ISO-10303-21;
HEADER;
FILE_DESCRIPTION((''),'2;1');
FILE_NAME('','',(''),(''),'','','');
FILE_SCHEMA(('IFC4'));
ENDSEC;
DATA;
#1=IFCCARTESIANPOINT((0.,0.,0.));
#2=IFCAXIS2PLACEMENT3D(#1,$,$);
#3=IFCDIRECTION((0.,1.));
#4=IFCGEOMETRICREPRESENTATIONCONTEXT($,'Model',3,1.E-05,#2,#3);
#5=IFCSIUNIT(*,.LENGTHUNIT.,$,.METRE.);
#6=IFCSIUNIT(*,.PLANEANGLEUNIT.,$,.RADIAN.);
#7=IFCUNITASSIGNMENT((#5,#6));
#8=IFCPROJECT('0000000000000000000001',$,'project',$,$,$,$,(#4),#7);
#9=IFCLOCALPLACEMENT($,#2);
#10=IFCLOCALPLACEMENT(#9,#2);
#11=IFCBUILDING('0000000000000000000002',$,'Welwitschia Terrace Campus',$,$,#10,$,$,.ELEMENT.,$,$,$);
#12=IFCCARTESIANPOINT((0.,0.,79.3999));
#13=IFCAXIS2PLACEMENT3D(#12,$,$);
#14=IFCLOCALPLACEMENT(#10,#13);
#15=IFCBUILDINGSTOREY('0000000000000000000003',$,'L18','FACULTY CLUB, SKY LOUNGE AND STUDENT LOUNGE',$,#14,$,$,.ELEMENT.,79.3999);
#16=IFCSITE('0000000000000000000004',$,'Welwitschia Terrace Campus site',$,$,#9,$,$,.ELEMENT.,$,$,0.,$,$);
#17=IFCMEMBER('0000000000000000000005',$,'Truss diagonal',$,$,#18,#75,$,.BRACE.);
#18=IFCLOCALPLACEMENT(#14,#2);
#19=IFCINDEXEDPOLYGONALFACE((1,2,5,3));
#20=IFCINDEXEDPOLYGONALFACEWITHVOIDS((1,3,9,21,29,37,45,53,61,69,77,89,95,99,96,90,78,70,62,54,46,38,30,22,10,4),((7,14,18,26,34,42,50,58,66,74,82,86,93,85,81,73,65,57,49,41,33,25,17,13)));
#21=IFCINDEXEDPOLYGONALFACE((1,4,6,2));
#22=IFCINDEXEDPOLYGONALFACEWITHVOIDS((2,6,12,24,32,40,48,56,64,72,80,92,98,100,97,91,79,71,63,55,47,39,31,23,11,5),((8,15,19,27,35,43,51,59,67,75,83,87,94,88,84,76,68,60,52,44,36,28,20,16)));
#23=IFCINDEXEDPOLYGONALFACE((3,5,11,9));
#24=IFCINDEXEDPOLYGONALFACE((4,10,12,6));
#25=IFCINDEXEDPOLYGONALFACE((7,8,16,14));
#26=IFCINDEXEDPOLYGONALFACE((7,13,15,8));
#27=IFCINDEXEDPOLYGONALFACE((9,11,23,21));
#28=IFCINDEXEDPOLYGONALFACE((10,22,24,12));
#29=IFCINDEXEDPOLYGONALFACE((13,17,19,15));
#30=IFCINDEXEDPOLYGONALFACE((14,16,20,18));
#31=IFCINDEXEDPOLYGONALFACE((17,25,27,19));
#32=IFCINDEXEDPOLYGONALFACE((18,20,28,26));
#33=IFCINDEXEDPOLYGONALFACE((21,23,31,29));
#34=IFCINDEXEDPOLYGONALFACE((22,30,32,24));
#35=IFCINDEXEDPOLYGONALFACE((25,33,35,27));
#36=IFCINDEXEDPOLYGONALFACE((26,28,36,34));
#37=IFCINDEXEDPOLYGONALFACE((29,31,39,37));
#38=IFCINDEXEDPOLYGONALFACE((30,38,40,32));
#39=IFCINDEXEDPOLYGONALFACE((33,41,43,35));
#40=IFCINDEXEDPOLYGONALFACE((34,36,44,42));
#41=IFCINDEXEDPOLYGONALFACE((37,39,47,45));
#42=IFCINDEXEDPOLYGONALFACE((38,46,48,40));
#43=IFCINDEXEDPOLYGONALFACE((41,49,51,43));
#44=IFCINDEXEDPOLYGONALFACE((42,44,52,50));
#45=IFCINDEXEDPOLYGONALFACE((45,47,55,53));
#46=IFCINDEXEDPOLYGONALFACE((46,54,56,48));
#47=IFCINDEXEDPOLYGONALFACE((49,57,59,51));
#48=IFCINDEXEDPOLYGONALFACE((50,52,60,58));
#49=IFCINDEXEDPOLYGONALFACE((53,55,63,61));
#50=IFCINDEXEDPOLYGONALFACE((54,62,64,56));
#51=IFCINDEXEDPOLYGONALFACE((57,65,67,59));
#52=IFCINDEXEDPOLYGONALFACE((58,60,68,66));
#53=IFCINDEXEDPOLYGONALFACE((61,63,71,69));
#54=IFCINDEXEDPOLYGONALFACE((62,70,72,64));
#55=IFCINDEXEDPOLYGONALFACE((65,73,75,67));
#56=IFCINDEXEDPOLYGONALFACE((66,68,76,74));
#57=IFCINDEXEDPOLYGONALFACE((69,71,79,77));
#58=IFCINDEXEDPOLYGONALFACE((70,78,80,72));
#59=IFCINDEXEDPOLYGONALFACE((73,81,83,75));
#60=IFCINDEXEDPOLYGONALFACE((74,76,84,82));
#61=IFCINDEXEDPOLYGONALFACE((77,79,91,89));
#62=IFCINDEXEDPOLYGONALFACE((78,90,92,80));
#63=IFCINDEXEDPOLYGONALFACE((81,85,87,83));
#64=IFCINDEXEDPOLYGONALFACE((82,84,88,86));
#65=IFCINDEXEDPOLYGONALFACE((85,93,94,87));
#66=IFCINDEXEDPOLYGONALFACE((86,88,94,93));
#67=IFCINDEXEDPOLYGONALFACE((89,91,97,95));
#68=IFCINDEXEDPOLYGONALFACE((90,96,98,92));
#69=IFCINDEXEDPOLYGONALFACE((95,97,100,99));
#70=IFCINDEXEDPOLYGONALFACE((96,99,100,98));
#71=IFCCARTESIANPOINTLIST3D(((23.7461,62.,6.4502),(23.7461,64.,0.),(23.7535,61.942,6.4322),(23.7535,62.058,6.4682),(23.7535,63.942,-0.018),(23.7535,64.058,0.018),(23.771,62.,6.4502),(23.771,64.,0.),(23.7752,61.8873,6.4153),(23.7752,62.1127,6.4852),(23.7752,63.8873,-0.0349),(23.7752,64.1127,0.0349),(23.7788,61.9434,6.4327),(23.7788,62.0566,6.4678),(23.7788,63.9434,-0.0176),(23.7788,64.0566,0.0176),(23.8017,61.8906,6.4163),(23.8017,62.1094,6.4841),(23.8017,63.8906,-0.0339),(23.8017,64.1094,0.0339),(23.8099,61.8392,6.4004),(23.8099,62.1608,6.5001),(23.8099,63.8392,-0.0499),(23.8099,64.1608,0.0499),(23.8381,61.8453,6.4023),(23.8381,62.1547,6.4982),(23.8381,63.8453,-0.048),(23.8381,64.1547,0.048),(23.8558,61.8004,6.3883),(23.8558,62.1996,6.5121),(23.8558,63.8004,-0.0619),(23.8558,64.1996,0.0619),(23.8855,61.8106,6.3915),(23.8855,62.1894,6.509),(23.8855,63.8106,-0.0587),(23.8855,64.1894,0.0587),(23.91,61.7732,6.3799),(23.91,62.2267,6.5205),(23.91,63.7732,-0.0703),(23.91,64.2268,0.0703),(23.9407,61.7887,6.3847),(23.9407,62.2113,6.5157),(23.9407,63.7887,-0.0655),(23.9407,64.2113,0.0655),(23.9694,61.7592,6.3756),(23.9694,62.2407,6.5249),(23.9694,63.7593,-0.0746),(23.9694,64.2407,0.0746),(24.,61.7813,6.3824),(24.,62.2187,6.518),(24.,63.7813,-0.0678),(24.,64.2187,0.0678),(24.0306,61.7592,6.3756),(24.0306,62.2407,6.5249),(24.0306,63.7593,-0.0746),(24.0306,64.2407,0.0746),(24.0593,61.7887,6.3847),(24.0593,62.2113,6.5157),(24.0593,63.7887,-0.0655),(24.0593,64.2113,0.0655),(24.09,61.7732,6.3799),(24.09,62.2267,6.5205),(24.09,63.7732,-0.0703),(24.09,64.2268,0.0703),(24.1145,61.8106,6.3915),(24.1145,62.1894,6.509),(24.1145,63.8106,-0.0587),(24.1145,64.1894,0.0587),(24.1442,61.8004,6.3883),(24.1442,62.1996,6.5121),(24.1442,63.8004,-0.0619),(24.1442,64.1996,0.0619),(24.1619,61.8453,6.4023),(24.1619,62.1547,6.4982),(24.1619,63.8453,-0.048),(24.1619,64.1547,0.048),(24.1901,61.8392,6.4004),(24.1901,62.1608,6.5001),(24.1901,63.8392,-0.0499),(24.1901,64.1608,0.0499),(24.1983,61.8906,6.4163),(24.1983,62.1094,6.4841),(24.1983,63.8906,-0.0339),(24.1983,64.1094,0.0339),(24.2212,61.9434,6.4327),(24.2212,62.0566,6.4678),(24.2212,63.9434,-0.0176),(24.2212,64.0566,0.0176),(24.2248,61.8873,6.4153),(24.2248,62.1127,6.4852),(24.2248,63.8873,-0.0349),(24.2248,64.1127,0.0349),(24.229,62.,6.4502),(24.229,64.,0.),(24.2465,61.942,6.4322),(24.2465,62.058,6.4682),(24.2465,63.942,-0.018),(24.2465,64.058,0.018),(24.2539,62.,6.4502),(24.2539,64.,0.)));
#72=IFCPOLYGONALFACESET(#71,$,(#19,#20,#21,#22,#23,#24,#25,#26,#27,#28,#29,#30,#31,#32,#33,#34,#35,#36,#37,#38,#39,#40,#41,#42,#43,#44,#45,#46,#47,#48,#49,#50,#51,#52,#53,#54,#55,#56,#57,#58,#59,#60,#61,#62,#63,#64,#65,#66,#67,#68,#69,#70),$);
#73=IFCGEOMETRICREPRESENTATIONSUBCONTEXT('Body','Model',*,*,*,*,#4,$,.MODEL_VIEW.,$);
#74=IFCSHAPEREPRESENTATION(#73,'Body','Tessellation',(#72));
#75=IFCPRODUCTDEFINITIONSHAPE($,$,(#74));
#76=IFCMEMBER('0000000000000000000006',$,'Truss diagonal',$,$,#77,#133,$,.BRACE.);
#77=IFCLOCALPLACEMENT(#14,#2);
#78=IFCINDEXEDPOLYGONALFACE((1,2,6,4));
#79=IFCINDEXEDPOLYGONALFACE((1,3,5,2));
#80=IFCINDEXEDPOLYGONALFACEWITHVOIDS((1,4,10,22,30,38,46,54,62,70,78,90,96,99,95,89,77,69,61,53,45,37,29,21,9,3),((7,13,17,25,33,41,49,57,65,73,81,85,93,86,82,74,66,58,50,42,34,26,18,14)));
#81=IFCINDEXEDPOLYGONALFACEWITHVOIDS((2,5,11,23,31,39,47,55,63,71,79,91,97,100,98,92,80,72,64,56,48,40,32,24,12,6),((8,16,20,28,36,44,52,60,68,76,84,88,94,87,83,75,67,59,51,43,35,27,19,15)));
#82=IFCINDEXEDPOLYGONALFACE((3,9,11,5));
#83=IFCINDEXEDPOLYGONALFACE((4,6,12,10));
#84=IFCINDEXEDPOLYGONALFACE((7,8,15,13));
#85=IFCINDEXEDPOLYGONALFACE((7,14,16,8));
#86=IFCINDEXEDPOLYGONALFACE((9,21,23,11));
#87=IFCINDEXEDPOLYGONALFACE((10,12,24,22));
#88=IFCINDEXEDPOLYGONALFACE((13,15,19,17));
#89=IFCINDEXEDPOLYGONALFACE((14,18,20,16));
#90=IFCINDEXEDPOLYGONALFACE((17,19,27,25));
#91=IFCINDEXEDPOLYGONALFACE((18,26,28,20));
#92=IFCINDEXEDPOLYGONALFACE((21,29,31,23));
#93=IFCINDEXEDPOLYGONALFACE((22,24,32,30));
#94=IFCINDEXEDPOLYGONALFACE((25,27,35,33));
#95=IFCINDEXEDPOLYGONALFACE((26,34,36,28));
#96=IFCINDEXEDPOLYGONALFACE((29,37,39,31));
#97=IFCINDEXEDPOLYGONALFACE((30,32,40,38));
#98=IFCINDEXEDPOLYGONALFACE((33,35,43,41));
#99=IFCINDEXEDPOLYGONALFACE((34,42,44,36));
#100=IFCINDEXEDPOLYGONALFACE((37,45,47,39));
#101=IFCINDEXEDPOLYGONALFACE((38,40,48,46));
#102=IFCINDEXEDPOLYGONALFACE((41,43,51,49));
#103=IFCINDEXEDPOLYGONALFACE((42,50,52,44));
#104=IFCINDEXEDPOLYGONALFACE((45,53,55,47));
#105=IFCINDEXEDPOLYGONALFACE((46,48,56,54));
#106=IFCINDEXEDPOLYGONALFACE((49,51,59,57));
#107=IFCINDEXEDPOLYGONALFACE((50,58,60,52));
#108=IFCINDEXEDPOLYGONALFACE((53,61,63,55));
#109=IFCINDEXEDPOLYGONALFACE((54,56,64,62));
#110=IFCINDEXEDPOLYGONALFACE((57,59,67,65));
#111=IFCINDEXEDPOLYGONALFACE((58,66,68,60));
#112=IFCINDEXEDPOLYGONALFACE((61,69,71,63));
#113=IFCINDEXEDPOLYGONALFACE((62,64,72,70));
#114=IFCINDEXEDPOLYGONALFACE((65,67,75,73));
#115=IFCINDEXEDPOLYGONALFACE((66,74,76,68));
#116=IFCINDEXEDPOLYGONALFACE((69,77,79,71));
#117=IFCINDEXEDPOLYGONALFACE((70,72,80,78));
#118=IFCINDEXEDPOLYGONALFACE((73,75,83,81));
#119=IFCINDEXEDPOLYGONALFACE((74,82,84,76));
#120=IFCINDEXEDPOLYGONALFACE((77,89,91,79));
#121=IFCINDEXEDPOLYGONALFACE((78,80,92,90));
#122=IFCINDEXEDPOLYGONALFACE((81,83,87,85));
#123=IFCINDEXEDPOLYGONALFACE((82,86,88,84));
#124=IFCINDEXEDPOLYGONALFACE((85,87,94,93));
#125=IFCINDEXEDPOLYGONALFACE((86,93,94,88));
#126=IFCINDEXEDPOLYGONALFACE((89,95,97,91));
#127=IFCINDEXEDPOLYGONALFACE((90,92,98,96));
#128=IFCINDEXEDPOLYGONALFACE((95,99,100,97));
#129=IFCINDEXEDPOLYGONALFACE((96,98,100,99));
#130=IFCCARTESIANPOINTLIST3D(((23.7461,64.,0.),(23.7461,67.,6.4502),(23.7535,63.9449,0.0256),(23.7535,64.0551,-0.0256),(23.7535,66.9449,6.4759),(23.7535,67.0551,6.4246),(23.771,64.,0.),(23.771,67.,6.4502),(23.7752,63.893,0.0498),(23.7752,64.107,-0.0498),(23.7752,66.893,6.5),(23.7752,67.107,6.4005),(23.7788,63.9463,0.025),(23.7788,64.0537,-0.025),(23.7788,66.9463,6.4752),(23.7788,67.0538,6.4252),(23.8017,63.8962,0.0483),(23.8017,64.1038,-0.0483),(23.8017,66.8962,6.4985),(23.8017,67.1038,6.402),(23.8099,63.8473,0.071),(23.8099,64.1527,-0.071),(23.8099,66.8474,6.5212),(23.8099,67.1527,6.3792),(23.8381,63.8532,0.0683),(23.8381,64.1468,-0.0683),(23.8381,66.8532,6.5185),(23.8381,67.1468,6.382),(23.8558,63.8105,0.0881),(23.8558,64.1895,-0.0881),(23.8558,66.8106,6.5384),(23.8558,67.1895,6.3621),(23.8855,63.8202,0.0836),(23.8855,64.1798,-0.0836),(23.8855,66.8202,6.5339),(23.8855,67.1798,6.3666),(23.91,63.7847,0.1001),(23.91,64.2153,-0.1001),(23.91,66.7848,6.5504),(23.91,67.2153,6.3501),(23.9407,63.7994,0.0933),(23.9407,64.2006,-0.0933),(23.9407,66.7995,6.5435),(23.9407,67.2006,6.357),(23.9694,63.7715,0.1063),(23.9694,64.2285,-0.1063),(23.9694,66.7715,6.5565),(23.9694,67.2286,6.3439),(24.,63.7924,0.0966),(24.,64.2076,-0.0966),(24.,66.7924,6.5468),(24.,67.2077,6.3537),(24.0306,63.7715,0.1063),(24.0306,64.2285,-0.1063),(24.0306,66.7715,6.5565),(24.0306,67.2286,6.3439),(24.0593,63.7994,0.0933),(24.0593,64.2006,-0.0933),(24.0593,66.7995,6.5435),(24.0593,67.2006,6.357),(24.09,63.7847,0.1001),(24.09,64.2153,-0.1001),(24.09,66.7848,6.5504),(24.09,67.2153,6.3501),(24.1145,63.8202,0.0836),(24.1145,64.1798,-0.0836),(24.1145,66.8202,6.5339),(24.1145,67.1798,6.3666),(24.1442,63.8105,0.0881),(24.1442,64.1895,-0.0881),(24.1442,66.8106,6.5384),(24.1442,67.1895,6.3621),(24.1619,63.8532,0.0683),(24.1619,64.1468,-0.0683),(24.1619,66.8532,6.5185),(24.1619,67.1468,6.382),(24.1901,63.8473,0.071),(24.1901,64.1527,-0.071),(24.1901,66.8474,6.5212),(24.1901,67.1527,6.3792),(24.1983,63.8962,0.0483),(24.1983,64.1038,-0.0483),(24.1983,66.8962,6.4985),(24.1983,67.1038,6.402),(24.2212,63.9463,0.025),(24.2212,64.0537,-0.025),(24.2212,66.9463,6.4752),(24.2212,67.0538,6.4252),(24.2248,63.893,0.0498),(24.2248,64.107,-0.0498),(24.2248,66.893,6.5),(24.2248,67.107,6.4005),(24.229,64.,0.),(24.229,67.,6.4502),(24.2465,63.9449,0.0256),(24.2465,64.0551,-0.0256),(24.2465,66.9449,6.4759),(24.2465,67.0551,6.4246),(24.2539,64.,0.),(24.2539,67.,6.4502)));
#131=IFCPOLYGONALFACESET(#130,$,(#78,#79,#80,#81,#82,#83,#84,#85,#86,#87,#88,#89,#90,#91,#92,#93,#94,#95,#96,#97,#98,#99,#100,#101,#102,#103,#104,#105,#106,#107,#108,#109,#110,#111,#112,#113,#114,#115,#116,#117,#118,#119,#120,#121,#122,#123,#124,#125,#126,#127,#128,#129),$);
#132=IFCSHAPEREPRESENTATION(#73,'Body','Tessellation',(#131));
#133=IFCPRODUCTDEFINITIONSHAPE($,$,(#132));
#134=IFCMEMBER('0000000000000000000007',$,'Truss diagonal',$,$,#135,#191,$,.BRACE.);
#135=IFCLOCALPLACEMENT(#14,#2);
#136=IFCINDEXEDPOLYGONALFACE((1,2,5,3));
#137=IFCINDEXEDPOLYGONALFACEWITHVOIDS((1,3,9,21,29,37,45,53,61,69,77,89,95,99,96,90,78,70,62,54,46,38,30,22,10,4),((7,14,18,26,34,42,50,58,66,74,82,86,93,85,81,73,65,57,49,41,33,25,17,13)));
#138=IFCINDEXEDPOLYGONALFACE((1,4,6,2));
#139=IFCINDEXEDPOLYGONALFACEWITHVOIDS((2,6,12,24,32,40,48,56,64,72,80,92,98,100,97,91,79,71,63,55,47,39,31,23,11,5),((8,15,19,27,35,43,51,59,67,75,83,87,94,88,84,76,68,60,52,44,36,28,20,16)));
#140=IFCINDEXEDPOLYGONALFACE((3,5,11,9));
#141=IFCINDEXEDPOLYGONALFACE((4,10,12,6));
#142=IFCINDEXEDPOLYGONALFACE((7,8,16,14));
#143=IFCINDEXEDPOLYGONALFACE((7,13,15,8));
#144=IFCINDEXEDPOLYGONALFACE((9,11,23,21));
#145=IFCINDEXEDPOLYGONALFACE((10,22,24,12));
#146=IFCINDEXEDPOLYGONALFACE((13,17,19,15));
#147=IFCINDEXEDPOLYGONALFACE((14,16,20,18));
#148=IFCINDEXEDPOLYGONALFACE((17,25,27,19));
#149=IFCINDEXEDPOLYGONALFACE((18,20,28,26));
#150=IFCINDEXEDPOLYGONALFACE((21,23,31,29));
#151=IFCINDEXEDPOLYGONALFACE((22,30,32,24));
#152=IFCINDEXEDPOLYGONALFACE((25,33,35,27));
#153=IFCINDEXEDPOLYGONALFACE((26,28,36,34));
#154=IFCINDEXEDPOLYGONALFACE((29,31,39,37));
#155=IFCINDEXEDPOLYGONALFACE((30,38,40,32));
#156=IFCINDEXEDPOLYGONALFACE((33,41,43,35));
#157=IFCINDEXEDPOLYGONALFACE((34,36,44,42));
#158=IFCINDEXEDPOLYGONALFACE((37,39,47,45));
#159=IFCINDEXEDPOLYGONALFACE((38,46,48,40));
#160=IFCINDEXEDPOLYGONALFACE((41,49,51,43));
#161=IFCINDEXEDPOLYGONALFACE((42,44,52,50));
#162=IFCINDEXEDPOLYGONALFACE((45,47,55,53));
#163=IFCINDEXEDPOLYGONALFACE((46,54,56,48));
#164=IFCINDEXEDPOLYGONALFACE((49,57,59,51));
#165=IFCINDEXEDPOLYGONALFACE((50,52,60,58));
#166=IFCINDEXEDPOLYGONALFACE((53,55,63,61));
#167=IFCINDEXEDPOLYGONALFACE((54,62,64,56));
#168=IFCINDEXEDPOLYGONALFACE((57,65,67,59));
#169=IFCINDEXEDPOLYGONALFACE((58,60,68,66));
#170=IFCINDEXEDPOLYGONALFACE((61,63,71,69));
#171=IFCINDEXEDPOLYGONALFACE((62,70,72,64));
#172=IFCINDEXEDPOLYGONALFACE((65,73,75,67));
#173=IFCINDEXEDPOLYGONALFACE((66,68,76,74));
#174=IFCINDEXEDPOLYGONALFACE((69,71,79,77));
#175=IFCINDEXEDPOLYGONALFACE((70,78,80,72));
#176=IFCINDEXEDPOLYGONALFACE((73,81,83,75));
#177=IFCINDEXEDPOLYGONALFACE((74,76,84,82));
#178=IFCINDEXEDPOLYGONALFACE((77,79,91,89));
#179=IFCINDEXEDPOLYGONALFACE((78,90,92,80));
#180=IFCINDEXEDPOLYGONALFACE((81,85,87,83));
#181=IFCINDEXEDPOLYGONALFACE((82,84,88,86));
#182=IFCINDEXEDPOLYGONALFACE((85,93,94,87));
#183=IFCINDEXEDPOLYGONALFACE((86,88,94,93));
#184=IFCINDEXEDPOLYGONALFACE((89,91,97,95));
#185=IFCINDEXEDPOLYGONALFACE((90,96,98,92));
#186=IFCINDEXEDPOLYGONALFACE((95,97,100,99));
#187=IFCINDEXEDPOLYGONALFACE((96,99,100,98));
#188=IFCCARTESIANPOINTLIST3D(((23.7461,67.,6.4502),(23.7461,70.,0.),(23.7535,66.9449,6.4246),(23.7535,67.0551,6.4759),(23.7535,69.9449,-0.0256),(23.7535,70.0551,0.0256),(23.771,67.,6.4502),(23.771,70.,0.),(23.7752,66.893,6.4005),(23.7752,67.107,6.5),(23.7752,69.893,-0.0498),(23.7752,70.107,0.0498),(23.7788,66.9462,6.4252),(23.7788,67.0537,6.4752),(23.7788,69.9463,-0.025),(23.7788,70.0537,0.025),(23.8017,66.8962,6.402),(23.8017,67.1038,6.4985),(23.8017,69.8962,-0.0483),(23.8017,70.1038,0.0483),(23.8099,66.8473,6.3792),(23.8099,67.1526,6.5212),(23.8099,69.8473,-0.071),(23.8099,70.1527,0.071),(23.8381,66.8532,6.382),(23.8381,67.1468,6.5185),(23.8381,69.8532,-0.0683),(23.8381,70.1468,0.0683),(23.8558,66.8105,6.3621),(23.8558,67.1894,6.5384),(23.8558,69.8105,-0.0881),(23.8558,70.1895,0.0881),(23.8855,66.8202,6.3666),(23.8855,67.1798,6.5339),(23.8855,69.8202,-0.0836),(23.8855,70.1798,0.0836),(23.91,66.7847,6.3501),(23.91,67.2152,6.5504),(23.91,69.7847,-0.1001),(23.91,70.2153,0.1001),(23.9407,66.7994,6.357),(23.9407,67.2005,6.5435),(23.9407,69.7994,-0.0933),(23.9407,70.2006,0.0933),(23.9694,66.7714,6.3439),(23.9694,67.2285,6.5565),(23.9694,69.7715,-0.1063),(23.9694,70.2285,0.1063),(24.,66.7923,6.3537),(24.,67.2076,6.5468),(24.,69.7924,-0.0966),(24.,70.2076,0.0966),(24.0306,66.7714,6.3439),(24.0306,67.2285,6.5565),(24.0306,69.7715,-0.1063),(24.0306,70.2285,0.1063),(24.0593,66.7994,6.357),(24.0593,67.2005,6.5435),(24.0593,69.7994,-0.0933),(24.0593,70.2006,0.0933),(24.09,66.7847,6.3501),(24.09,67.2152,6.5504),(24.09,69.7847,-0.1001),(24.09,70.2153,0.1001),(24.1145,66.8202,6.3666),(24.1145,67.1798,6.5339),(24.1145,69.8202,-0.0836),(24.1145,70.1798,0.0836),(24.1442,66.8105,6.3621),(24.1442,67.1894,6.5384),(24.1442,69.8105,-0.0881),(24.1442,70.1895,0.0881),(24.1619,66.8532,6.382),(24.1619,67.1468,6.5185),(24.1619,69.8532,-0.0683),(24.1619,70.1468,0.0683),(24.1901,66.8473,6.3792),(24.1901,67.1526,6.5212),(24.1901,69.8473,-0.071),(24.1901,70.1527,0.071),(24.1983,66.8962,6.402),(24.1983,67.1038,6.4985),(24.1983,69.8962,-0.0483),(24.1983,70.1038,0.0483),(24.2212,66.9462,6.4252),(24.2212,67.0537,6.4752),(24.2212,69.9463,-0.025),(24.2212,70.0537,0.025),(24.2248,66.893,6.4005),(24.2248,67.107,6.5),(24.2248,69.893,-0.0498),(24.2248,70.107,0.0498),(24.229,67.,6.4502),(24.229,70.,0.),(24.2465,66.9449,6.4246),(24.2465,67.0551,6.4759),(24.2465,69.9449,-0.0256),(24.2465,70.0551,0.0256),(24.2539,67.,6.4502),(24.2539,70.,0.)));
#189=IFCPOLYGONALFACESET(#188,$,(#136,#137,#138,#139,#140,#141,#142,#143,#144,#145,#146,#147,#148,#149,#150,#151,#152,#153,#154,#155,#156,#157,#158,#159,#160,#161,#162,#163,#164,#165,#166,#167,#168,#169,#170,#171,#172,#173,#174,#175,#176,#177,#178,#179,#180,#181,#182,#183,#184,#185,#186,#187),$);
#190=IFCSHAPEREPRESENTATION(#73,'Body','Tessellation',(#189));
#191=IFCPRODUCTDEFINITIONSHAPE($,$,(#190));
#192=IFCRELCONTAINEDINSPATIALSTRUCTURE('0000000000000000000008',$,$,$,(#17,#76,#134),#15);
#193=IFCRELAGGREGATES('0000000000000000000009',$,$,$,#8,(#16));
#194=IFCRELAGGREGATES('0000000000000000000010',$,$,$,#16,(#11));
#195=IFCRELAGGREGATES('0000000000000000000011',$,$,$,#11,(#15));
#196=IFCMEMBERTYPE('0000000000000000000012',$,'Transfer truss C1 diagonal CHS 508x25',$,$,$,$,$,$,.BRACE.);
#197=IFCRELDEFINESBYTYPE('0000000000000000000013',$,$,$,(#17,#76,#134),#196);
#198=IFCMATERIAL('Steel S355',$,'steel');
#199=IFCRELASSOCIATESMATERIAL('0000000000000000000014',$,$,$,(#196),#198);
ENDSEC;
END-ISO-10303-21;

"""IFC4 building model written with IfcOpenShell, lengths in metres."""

from ifc_helpers import new_model, si_unit, direction, frame, origin, origin_2d, place, context, subcontext, project, spatial, hollow_circle, extrude, material, material_profile, profile_set, type_object, element, save


model = new_model("IFC4")

# Units and contexts
model_context = context("Model", 3, precision=1e-05, world=origin(), true_north=direction((0.0, 1.0)))
body_context = subcontext(model_context, "Body", "Model", "MODEL_VIEW")
ifc_project = project(units=[si_unit("LENGTHUNIT", "METRE"), si_unit("PLANEANGLEUNIT", "RADIAN")], contexts=[model_context])

# Site, building, storey
site_placement = place(None, origin())
site = spatial("IfcSite", under=ifc_project, at=site_placement, Name="Welwitschia Terrace Campus site", CompositionType="ELEMENT", RefElevation=0.0)
building_placement = place(site_placement, origin())
building = spatial("IfcBuilding", under=site, at=building_placement, Name="Welwitschia Terrace Campus", CompositionType="ELEMENT")
storey_placement = place(building_placement, frame((0.0, 0.0, 79.3999)))
storey = spatial("IfcBuildingStorey", under=building, at=storey_placement, Name="L18", Description="FACULTY CLUB, SKY LOUNGE AND STUDENT LOUNGE", CompositionType="ELEMENT", Elevation=79.3999)

# Members
ifc_material_1 = material(Name="Steel S355", Category="steel")
ifc_material_profile_1 = material_profile(ifc_material_1, hollow_circle(Radius=0.2539, WallThickness=0.0249, at=origin_2d()))
ifc_profile_set_1 = profile_set([ifc_material_profile_1], Name="Steel S355")
member_type_1 = type_object("IfcMemberType", Name="Transfer truss C1 diagonal CHS 508x25", PredefinedType="BRACE", material=ifc_profile_set_1)
for number, where, z_axis, x_axis, name in (
    (1, (24.0, 64.0, 0.0), (0.0, -0.296158, 0.955139), (1.0, 0.0, 0.0), "Truss diagonal"),
):
    element("IfcMember", number, at=place(storey_placement, frame(where, z_axis=z_axis, x_axis=x_axis)), inside=storey, type_object=member_type_1, Name=name, PredefinedType="BRACE", context=body_context, shape_type="SweptSolid", body=[
        extrude(hollow_circle(Radius=0.2539, WallThickness=0.0249, at=origin_2d()), origin(), (0.0, 0.0, 1.0), 6.7532),
    ])
for number, where, z_axis, x_axis, name in (
    (2, (24.0, 64.0, 0.0), (0.0, 0.42172, 0.906726), (-1.0, 0.0, 0.0), "Truss diagonal"),
    (3, (24.0, 70.0, 0.0), (0.0, -0.42172, 0.906726), (1.0, 0.0, 0.0), "Truss diagonal"),
):
    element("IfcMember", number, at=place(storey_placement, frame(where, z_axis=z_axis, x_axis=x_axis)), inside=storey, type_object=member_type_1, Name=name, PredefinedType="BRACE", context=body_context, shape_type="SweptSolid", body=[
        extrude(hollow_circle(Radius=0.2539, WallThickness=0.0249, at=origin_2d()), origin(), (0.0, 0.0, 1.0), 7.1138),
    ])

save(model, "model.ifc")
